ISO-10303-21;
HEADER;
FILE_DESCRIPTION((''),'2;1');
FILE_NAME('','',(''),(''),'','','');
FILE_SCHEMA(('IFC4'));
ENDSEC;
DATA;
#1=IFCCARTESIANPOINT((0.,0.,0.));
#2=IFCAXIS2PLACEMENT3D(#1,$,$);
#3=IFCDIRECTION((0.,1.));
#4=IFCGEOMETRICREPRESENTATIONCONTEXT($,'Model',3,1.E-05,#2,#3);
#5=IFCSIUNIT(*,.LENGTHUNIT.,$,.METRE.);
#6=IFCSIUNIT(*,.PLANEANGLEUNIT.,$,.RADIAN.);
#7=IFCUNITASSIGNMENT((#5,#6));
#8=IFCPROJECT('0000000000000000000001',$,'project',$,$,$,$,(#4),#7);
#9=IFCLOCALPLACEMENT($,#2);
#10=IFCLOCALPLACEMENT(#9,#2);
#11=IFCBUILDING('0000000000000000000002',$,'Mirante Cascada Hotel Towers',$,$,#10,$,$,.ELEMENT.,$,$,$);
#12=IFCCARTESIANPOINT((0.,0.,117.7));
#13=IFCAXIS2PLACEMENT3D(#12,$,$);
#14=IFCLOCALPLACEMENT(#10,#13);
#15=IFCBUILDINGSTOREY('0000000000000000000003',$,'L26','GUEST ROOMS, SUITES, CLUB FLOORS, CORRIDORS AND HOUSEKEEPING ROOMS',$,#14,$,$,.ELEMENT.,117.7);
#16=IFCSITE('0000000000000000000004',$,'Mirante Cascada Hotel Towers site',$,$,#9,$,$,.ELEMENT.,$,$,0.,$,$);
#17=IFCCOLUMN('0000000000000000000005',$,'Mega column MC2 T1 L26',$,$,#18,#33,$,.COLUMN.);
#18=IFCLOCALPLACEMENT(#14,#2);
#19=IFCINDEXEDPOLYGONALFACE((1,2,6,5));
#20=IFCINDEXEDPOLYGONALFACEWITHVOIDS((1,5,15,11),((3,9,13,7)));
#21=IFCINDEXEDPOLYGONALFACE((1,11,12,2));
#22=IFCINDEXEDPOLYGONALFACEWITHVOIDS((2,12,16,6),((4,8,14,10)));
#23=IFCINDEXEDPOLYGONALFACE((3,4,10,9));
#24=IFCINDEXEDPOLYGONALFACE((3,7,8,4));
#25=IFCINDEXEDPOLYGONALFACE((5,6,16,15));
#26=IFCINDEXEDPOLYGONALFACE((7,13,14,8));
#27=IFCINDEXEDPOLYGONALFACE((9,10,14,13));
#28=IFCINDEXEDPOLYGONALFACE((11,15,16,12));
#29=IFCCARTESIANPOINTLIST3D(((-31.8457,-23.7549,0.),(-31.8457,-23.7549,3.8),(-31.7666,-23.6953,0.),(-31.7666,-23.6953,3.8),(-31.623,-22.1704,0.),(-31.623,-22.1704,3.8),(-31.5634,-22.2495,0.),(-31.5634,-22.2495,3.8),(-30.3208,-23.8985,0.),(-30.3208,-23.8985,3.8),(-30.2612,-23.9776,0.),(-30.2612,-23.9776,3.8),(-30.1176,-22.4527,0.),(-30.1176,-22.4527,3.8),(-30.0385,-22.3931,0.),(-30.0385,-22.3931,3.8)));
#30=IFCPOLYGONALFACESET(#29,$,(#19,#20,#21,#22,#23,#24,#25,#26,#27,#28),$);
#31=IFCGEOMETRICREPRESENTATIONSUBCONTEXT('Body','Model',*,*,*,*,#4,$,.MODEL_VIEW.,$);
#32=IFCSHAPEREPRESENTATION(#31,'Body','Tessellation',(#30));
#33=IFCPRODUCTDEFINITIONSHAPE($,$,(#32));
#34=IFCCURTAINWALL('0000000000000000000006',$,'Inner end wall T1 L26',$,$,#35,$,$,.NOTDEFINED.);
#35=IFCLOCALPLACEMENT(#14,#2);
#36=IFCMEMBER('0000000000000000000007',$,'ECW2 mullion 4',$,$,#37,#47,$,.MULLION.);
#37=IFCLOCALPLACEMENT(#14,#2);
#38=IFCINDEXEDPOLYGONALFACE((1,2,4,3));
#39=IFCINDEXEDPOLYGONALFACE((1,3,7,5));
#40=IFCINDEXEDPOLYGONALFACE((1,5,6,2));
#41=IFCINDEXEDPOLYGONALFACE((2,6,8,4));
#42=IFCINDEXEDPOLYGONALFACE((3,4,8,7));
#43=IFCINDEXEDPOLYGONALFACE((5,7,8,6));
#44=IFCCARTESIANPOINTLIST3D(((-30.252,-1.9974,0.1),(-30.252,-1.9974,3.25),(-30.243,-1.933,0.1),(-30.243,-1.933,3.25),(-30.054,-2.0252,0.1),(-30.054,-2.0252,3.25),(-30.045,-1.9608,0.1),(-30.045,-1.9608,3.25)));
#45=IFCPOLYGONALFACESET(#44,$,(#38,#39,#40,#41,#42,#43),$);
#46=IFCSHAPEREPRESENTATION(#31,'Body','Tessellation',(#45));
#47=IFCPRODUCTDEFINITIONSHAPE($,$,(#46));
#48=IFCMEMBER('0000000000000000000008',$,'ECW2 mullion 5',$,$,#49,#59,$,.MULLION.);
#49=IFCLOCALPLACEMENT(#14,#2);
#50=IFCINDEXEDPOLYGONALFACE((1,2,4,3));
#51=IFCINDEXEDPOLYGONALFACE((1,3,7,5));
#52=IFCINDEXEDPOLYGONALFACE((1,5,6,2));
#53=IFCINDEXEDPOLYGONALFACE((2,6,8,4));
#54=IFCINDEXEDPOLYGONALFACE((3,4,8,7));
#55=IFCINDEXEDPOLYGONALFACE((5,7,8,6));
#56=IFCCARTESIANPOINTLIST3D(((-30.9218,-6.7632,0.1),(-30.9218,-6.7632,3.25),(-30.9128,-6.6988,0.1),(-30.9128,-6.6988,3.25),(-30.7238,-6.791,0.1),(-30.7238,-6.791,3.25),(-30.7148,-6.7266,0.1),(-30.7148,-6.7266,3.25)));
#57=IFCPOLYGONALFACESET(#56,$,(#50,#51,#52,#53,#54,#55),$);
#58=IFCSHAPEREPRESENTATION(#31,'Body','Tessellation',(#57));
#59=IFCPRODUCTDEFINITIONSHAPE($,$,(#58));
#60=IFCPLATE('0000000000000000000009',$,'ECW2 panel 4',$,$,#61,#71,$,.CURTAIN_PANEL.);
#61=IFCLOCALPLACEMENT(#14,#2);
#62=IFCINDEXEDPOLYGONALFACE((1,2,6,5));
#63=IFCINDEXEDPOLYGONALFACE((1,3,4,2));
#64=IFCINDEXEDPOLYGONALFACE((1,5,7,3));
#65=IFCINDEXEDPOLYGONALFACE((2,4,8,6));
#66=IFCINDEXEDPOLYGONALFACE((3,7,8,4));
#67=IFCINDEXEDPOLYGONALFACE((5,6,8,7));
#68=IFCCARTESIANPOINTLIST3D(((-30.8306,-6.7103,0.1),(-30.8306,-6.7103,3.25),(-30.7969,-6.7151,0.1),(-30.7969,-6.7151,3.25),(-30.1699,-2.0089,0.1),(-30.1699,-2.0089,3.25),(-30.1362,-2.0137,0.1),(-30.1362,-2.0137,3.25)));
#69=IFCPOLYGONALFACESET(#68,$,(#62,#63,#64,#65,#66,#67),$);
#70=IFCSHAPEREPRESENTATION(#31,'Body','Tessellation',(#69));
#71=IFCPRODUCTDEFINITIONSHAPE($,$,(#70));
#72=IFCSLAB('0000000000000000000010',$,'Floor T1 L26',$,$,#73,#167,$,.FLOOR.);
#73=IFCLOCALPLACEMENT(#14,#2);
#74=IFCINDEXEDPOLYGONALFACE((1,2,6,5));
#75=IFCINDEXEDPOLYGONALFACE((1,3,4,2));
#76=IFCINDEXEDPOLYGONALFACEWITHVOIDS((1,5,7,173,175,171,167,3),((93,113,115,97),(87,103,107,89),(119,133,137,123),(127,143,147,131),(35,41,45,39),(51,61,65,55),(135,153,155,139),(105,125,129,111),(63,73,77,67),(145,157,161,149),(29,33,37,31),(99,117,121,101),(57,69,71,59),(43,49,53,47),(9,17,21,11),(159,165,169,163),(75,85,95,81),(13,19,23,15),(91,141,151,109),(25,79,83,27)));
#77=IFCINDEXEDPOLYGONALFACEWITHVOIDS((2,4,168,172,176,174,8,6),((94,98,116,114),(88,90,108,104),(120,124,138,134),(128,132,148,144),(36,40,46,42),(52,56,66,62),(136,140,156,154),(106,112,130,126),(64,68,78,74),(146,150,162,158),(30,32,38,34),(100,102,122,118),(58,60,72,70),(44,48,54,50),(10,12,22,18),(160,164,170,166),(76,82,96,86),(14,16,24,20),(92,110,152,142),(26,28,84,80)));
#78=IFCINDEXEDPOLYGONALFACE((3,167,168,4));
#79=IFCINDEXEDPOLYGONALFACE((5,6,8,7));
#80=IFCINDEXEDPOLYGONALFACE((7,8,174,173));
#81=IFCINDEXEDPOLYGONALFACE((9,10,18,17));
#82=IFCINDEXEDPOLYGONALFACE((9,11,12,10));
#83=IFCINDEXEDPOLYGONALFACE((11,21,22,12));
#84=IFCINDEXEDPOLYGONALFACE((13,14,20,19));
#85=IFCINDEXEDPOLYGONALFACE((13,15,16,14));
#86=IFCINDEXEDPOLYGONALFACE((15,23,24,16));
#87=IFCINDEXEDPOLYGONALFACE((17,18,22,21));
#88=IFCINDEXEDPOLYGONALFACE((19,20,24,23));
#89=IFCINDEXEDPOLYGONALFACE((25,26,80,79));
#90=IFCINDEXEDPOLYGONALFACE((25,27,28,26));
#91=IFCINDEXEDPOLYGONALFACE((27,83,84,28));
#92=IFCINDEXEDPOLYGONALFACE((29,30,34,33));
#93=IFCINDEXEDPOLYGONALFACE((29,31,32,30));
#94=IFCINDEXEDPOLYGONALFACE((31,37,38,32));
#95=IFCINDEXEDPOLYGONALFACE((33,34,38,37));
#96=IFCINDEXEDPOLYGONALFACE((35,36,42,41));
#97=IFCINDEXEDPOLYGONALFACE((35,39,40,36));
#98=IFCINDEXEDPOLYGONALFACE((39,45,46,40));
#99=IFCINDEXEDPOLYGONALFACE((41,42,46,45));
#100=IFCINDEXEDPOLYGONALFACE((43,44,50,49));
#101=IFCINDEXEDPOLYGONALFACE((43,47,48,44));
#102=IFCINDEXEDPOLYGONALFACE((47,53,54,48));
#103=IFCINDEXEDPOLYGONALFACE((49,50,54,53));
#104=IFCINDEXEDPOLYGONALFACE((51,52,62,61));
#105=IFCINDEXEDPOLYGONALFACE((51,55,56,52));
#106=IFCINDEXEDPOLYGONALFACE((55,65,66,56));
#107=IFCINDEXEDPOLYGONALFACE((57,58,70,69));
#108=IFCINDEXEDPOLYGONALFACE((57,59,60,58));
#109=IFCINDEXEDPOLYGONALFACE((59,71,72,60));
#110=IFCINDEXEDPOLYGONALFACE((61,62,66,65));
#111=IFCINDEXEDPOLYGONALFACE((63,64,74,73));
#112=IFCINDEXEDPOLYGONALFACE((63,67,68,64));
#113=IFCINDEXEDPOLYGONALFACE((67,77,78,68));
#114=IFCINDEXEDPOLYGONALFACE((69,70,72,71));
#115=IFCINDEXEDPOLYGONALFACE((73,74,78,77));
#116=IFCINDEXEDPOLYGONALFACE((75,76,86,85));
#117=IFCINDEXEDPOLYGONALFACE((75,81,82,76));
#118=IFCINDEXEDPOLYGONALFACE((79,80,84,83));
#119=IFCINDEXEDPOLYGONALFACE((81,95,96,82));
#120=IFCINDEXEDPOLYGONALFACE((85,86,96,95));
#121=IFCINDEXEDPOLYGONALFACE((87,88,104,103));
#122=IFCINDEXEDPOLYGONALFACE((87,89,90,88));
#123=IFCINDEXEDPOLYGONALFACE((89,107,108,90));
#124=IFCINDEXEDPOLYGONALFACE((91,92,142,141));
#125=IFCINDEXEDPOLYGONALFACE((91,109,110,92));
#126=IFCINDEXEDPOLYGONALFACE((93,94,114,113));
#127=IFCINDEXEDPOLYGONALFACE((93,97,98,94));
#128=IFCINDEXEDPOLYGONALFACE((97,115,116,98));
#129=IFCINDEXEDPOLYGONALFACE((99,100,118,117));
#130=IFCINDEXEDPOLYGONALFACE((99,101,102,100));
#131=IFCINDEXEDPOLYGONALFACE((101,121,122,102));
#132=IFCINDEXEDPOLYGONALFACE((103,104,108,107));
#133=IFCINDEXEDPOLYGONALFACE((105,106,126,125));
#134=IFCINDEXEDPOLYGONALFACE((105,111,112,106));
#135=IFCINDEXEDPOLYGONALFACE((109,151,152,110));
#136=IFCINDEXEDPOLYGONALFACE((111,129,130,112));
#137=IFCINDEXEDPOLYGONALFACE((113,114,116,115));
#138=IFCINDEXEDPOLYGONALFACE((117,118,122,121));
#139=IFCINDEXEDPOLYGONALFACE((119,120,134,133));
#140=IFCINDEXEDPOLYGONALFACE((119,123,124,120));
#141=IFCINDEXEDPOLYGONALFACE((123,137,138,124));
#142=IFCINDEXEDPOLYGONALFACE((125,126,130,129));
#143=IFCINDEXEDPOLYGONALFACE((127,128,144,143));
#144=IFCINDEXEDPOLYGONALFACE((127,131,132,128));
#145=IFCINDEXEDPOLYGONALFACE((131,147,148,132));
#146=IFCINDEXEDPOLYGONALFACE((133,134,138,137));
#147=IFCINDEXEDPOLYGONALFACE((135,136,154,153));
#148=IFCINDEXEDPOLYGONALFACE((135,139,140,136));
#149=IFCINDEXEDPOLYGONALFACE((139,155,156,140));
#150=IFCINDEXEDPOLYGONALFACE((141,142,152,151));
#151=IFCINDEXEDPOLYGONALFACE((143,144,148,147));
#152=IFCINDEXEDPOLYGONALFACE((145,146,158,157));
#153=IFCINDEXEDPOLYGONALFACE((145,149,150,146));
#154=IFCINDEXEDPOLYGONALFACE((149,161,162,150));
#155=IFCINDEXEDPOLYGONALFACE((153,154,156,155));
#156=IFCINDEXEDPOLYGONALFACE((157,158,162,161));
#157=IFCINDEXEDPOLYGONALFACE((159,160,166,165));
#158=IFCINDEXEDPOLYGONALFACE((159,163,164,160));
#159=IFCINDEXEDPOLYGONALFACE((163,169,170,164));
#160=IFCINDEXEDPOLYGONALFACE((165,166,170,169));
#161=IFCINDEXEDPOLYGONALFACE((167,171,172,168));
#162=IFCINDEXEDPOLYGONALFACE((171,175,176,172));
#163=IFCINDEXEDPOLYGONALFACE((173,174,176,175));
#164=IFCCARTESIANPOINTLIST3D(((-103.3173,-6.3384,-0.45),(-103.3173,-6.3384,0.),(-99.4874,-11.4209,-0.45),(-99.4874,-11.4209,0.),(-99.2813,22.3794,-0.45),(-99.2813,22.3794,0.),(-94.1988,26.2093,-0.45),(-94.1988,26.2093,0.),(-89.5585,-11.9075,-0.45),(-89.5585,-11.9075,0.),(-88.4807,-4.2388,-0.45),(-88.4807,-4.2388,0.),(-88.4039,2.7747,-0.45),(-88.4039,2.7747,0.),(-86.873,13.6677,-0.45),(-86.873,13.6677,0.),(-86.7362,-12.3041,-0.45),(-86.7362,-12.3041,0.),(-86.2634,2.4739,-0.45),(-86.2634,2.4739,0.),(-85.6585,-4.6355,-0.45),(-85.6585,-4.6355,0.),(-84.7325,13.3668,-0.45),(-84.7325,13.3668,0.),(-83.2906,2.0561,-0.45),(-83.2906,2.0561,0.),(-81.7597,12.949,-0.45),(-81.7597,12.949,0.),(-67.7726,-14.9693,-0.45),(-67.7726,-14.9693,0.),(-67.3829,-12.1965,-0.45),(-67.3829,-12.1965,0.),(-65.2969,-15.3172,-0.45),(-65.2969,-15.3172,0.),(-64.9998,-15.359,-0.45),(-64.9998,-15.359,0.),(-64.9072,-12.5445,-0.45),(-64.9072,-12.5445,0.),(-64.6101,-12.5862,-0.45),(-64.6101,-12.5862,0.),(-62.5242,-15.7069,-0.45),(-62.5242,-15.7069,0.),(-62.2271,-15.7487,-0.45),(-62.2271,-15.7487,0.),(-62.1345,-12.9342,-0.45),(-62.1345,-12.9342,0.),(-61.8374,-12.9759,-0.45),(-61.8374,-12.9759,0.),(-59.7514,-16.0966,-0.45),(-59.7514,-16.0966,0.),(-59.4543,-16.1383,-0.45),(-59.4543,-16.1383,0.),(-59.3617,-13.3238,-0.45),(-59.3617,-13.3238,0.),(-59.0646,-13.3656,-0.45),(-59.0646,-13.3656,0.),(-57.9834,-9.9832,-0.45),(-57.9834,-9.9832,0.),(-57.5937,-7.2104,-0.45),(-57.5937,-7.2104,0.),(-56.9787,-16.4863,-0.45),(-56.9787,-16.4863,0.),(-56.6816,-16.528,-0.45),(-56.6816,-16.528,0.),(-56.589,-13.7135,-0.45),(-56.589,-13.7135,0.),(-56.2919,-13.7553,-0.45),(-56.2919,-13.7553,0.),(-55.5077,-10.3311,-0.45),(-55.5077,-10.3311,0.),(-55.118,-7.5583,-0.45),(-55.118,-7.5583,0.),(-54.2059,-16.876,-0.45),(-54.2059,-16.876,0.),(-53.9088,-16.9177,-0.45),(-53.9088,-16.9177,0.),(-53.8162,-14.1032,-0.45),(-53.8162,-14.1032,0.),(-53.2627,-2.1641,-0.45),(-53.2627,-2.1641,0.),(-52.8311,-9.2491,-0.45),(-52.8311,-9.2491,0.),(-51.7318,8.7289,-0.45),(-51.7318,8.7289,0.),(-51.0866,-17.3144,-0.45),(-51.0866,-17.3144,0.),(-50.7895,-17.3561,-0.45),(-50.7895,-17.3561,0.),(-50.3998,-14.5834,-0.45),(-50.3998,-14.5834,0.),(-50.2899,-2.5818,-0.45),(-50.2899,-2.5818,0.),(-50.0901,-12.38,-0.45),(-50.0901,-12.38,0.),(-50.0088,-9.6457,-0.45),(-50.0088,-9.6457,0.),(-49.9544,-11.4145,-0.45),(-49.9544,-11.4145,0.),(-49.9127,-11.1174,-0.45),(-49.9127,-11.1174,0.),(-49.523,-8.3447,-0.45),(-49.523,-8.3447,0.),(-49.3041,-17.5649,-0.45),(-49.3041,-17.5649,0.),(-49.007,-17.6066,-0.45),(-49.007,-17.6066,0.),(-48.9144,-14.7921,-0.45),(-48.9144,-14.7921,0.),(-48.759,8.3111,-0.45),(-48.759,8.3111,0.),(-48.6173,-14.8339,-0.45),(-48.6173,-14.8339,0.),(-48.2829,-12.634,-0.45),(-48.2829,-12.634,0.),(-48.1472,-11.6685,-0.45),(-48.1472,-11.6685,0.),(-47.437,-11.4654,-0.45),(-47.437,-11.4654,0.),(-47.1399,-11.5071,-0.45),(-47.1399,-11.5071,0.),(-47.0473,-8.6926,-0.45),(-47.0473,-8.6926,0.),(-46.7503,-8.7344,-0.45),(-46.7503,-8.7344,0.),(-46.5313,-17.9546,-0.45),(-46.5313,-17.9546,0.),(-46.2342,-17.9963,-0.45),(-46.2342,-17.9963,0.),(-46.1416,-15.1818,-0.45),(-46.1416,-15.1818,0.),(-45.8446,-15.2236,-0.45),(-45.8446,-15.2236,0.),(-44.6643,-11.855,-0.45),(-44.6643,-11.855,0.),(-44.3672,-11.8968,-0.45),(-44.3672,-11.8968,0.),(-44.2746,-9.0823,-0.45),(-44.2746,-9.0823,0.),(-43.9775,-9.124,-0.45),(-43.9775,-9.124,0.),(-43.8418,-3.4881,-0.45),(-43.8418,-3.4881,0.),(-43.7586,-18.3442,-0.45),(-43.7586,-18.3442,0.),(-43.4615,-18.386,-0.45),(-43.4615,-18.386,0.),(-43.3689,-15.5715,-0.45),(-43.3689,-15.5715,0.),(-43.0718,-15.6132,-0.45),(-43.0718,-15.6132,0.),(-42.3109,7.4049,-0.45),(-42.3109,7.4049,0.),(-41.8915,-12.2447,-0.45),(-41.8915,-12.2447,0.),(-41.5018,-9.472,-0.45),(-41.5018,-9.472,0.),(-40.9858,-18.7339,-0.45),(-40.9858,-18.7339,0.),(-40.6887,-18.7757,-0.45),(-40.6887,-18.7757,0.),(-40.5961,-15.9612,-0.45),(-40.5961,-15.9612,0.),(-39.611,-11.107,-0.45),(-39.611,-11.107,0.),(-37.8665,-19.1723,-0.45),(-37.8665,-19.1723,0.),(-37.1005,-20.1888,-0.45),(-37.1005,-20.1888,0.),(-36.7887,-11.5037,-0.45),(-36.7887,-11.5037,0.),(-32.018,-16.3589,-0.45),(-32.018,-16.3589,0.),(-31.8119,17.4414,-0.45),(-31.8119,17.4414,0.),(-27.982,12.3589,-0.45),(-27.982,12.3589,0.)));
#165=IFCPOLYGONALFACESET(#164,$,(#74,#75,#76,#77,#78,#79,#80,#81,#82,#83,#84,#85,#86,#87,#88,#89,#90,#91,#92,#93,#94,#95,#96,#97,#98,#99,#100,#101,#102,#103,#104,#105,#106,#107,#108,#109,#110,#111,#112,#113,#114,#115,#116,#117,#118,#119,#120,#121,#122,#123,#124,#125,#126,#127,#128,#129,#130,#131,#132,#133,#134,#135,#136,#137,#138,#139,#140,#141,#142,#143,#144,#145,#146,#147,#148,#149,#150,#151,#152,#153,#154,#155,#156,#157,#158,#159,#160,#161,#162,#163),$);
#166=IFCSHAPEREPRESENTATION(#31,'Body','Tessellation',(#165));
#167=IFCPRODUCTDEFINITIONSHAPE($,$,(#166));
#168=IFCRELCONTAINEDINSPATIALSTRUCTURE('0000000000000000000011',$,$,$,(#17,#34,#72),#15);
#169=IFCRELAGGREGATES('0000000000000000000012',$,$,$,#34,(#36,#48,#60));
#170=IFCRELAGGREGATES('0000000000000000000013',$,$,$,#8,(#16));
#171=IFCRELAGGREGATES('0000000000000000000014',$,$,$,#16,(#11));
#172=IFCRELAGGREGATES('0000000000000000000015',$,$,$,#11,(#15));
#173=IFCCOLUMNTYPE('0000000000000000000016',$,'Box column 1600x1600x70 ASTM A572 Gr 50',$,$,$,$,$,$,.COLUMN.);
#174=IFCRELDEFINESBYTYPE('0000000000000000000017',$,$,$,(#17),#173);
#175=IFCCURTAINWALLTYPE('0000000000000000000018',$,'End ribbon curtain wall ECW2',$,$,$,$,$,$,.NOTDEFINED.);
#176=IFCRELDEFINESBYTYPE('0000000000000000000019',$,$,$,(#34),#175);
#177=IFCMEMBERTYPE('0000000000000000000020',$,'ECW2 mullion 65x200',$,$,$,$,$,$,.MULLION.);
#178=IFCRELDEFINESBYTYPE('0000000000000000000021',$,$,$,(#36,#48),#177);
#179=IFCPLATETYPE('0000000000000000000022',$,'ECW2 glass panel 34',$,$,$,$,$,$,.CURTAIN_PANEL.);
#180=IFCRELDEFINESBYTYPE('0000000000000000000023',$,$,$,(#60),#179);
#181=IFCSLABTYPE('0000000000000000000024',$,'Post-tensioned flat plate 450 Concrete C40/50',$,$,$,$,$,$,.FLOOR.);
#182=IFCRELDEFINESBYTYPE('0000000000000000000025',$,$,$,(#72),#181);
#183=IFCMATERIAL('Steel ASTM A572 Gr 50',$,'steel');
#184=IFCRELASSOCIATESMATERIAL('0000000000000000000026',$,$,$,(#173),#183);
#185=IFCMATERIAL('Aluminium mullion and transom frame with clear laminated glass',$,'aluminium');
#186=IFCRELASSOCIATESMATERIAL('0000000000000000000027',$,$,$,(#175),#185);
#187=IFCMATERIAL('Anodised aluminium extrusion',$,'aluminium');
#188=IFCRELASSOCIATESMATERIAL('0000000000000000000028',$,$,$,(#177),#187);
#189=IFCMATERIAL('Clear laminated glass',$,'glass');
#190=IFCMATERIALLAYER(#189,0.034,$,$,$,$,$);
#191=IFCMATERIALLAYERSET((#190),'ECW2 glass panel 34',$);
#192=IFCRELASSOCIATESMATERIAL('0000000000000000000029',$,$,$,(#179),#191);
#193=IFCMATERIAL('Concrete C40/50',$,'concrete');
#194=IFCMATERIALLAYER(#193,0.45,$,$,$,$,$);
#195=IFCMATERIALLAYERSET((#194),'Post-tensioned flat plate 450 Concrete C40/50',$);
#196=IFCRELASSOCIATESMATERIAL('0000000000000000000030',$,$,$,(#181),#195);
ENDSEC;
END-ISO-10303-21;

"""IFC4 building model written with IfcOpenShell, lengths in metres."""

from ifc_helpers import new_model, si_unit, direction, frame, origin, origin_2d, place, context, subcontext, project, spatial, polyline, rectangle, hollow_rectangle, outline, extrude, material, layer, layer_set, material_profile, profile_set, type_object, element, aggregate, save


model = new_model("IFC4")

# Units and contexts
model_context = context("Model", 3, precision=1e-05, world=origin(), true_north=direction((0.0, 1.0)))
body_context = subcontext(model_context, "Body", "Model", "MODEL_VIEW")
ifc_project = project(units=[si_unit("LENGTHUNIT", "METRE"), si_unit("PLANEANGLEUNIT", "RADIAN")], contexts=[model_context])

# Site, building, storey
site_placement = place(None, origin())
site = spatial("IfcSite", under=ifc_project, at=site_placement, Name="Mirante Cascada Hotel Towers site", CompositionType="ELEMENT", RefElevation=0.0)
building_placement = place(site_placement, origin())
building = spatial("IfcBuilding", under=site, at=building_placement, Name="Mirante Cascada Hotel Towers", CompositionType="ELEMENT")
storey_placement = place(building_placement, frame((0.0, 0.0, 117.7)))
storey = spatial("IfcBuildingStorey", under=building, at=storey_placement, Name="L26", Description="GUEST ROOMS, SUITES, CLUB FLOORS, CORRIDORS AND HOUSEKEEPING ROOMS", CompositionType="ELEMENT", Elevation=117.7)

# Column
ifc_material_1 = material(Name="Steel ASTM A572 Gr 50", Category="steel")
ifc_material_profile_1 = material_profile(ifc_material_1, hollow_rectangle(XDim=1.6, YDim=1.6, WallThickness=0.07, at=origin_2d()), Name="Box column 1600x1600x70 ASTM A572 Gr 50")
ifc_profile_set_1 = profile_set([ifc_material_profile_1], Name="Steel ASTM A572 Gr 50")
column_type = type_object("IfcColumnType", Name="Box column 1600x1600x70 ASTM A572 Gr 50", PredefinedType="COLUMN", material=ifc_profile_set_1)
column_placement = place(storey_placement, frame((-30.9421, -23.074, 0.0), z_axis=(0.0, 0.0, 1.0), x_axis=(-0.990268, 0.139173, 0.0)))
element("IfcColumn", 1, at=column_placement, inside=storey, type_object=column_type, Name="Mega column MC2 T1 L26", PredefinedType="COLUMN", context=body_context, shape_type="SweptSolid", body=[
    extrude(hollow_rectangle(XDim=1.6, YDim=1.6, WallThickness=0.07, at=origin_2d()), origin(), (0.0, 0.0, 1.0), 3.8),
])

# Curtain wall, members, plate
ifc_material_2 = material(Name="Aluminium mullion and transom frame with clear laminated glass", Category="aluminium")
curtain_wall_type = type_object("IfcCurtainWallType", Name="End ribbon curtain wall ECW2", PredefinedType="NOTDEFINED", material=ifc_material_2)
curtain_wall_placement = place(storey_placement, origin())
curtain_wall = element("IfcCurtainWall", 2, at=curtain_wall_placement, inside=storey, type_object=curtain_wall_type, Name="Inner end wall T1 L26", PredefinedType="NOTDEFINED")
ifc_material_3 = material(Name="Anodised aluminium extrusion", Category="aluminium")
ifc_material_profile_2 = material_profile(ifc_material_3, rectangle(XDim=0.2, YDim=0.065, at=origin_2d()), Name="ECW2 MULLION 65x200")
ifc_profile_set_2 = profile_set([ifc_material_profile_2], Name="Anodised aluminium extrusion")
member_type = type_object("IfcMemberType", Name="ECW2 mullion 65x200", PredefinedType="MULLION", material=ifc_profile_set_2)
member_1_placement = place(storey_placement, frame((-30.1485, -1.9791, 0.1), z_axis=(0.0, 0.0, 1.0), x_axis=(0.990268, -0.139173, 0.0)))
member_1 = element("IfcMember", 3, at=member_1_placement, type_object=member_type, Name="ECW2 mullion 4", PredefinedType="MULLION", context=body_context, shape_type="SweptSolid", body=[
    extrude(rectangle(XDim=0.2, YDim=0.065, at=origin_2d()), origin(), (0.0, 0.0, 1.0), 3.15),
])
member_2_placement = place(storey_placement, frame((-30.8183, -6.7449, 0.1), z_axis=(0.0, 0.0, 1.0), x_axis=(0.990268, -0.139173, 0.0)))
member_2 = element("IfcMember", 4, at=member_2_placement, type_object=member_type, Name="ECW2 mullion 5", PredefinedType="MULLION", context=body_context, shape_type="SweptSolid", body=[
    extrude(rectangle(XDim=0.2, YDim=0.065, at=origin_2d()), origin(), (0.0, 0.0, 1.0), 3.15),
])
ifc_material_4 = material(Name="Clear laminated glass", Category="glass")
ifc_layer_1 = layer(ifc_material_4, 0.034)
ifc_layer_set_1 = layer_set([ifc_layer_1], Name="ECW2 glass panel 34")
plate_type = type_object("IfcPlateType", Name="ECW2 glass panel 34", PredefinedType="CURTAIN_PANEL", material=ifc_layer_set_1)
plate_placement = place(storey_placement, frame((-30.4834, -4.362, 0.1), z_axis=(0.0, 0.0, 1.0), x_axis=(-0.139173, -0.990268, 0.0)))
plate = element("IfcPlate", 5, at=plate_placement, type_object=plate_type, Name="ECW2 panel 4", PredefinedType="CURTAIN_PANEL", context=body_context, shape_type="SweptSolid", body=[
    extrude(rectangle(XDim=4.7476, YDim=0.034, at=origin_2d()), origin(), (0.0, 0.0, 1.0), 3.15),
])
aggregate(curtain_wall, [member_1, member_2, plate])

# Slab
ifc_material_5 = material(Name="Concrete C40/50", Category="concrete")
ifc_layer_2 = layer(ifc_material_5, 0.45)
ifc_layer_set_2 = layer_set([ifc_layer_2], Name="Post-tensioned flat plate 450 Concrete C40/50")
slab_type = type_object("IfcSlabType", Name="Post-tensioned flat plate 450 Concrete C40/50", PredefinedType="FLOOR", material=ifc_layer_set_2)
slab_1_placement = place(storey_placement, frame((0.0, 0.0, -0.45)))
element("IfcSlab", 6, at=slab_1_placement, inside=storey, type_object=slab_type, Name="Floor T1 L26", PredefinedType="FLOOR", context=body_context, shape_type="SweptSolid", body=[
    extrude(outline(polyline([(-32.018, -16.3589), (-27.982, 12.3589), (-31.8119, 17.4414), (-94.1988, 26.2093), (-99.2813, 22.3794), (-103.3173, -6.3384), (-99.4874, -11.4209), (-37.1005, -20.1888), (-32.018, -16.3589)]), holes=[polyline([(-43.0718, -15.6132), (-40.5961, -15.9612), (-40.9858, -18.7339), (-43.4615, -18.386), (-43.0718, -15.6132)]), polyline([(-45.8446, -15.2236), (-43.3689, -15.5715), (-43.7586, -18.3442), (-46.2342, -17.9963), (-45.8446, -15.2236)]), polyline([(-48.6173, -14.8339), (-46.1416, -15.1818), (-46.5313, -17.9546), (-49.007, -17.6066), (-48.6173, -14.8339)]), polyline([(-50.3998, -14.5834), (-48.9144, -14.7921), (-49.3041, -17.5649), (-50.7895, -17.3561), (-50.3998, -14.5834)]), polyline([(-36.7887, -11.5037), (-37.8665, -19.1723), (-40.6887, -18.7757), (-39.611, -11.107), (-36.7887, -11.5037)]), polyline([(-49.9544, -11.4145), (-48.1472, -11.6685), (-48.2829, -12.634), (-50.0901, -12.38), (-49.9544, -11.4145)]), polyline([(-43.9775, -9.124), (-41.5018, -9.472), (-41.8915, -12.2447), (-44.3672, -11.8968), (-43.9775, -9.124)]), polyline([(-47.1399, -11.5071), (-46.7503, -8.7344), (-44.2746, -9.0823), (-44.6643, -11.855), (-47.1399, -11.5071)]), polyline([(-49.9127, -11.1174), (-49.523, -8.3447), (-47.0473, -8.6926), (-47.437, -11.4654), (-49.9127, -11.1174)]), polyline([(-56.2919, -13.7553), (-53.8162, -14.1032), (-54.2059, -16.876), (-56.6816, -16.528), (-56.2919, -13.7553)]), polyline([(-59.0646, -13.3656), (-56.589, -13.7135), (-56.9787, -16.4863), (-59.4543, -16.1383), (-59.0646, -13.3656)]), polyline([(-61.8374, -12.9759), (-59.3617, -13.3238), (-59.7514, -16.0966), (-62.2271, -15.7487), (-61.8374, -12.9759)]), polyline([(-64.6101, -12.5862), (-62.1345, -12.9342), (-62.5242, -15.7069), (-64.9998, -15.359), (-64.6101, -12.5862)]), polyline([(-67.3829, -12.1965), (-64.9072, -12.5445), (-65.2969, -15.3172), (-67.7726, -14.9693), (-67.3829, -12.1965)]), polyline([(-50.0088, -9.6457), (-51.0866, -17.3144), (-53.9088, -16.9177), (-52.8311, -9.2491), (-50.0088, -9.6457)]), polyline([(-85.6585, -4.6355), (-86.7362, -12.3041), (-89.5585, -11.9075), (-88.4807, -4.2388), (-85.6585, -4.6355)]), polyline([(-57.9834, -9.9832), (-57.5937, -7.2104), (-55.118, -7.5583), (-55.5077, -10.3311), (-57.9834, -9.9832)]), polyline([(-86.873, 13.6677), (-84.7325, 13.3668), (-84.7325, 13.3668), (-86.2634, 2.4739), (-86.2634, 2.4739), (-88.4039, 2.7747), (-86.873, 13.6677)]), polyline([(-51.7318, 8.7289), (-53.2627, -2.1641), (-53.2627, -2.1641), (-83.2906, 2.0561), (-83.2906, 2.0561), (-81.7597, 12.949), (-81.7597, 12.949), (-51.7318, 8.7289)]), polyline([(-42.3109, 7.4049), (-43.8418, -3.4881), (-50.2899, -2.5818), (-50.2899, -2.5818), (-48.759, 8.3111), (-42.3109, 7.4049)])]), origin(), (0.0, 0.0, 1.0), 0.45),
])

save(model, "model.ifc")
